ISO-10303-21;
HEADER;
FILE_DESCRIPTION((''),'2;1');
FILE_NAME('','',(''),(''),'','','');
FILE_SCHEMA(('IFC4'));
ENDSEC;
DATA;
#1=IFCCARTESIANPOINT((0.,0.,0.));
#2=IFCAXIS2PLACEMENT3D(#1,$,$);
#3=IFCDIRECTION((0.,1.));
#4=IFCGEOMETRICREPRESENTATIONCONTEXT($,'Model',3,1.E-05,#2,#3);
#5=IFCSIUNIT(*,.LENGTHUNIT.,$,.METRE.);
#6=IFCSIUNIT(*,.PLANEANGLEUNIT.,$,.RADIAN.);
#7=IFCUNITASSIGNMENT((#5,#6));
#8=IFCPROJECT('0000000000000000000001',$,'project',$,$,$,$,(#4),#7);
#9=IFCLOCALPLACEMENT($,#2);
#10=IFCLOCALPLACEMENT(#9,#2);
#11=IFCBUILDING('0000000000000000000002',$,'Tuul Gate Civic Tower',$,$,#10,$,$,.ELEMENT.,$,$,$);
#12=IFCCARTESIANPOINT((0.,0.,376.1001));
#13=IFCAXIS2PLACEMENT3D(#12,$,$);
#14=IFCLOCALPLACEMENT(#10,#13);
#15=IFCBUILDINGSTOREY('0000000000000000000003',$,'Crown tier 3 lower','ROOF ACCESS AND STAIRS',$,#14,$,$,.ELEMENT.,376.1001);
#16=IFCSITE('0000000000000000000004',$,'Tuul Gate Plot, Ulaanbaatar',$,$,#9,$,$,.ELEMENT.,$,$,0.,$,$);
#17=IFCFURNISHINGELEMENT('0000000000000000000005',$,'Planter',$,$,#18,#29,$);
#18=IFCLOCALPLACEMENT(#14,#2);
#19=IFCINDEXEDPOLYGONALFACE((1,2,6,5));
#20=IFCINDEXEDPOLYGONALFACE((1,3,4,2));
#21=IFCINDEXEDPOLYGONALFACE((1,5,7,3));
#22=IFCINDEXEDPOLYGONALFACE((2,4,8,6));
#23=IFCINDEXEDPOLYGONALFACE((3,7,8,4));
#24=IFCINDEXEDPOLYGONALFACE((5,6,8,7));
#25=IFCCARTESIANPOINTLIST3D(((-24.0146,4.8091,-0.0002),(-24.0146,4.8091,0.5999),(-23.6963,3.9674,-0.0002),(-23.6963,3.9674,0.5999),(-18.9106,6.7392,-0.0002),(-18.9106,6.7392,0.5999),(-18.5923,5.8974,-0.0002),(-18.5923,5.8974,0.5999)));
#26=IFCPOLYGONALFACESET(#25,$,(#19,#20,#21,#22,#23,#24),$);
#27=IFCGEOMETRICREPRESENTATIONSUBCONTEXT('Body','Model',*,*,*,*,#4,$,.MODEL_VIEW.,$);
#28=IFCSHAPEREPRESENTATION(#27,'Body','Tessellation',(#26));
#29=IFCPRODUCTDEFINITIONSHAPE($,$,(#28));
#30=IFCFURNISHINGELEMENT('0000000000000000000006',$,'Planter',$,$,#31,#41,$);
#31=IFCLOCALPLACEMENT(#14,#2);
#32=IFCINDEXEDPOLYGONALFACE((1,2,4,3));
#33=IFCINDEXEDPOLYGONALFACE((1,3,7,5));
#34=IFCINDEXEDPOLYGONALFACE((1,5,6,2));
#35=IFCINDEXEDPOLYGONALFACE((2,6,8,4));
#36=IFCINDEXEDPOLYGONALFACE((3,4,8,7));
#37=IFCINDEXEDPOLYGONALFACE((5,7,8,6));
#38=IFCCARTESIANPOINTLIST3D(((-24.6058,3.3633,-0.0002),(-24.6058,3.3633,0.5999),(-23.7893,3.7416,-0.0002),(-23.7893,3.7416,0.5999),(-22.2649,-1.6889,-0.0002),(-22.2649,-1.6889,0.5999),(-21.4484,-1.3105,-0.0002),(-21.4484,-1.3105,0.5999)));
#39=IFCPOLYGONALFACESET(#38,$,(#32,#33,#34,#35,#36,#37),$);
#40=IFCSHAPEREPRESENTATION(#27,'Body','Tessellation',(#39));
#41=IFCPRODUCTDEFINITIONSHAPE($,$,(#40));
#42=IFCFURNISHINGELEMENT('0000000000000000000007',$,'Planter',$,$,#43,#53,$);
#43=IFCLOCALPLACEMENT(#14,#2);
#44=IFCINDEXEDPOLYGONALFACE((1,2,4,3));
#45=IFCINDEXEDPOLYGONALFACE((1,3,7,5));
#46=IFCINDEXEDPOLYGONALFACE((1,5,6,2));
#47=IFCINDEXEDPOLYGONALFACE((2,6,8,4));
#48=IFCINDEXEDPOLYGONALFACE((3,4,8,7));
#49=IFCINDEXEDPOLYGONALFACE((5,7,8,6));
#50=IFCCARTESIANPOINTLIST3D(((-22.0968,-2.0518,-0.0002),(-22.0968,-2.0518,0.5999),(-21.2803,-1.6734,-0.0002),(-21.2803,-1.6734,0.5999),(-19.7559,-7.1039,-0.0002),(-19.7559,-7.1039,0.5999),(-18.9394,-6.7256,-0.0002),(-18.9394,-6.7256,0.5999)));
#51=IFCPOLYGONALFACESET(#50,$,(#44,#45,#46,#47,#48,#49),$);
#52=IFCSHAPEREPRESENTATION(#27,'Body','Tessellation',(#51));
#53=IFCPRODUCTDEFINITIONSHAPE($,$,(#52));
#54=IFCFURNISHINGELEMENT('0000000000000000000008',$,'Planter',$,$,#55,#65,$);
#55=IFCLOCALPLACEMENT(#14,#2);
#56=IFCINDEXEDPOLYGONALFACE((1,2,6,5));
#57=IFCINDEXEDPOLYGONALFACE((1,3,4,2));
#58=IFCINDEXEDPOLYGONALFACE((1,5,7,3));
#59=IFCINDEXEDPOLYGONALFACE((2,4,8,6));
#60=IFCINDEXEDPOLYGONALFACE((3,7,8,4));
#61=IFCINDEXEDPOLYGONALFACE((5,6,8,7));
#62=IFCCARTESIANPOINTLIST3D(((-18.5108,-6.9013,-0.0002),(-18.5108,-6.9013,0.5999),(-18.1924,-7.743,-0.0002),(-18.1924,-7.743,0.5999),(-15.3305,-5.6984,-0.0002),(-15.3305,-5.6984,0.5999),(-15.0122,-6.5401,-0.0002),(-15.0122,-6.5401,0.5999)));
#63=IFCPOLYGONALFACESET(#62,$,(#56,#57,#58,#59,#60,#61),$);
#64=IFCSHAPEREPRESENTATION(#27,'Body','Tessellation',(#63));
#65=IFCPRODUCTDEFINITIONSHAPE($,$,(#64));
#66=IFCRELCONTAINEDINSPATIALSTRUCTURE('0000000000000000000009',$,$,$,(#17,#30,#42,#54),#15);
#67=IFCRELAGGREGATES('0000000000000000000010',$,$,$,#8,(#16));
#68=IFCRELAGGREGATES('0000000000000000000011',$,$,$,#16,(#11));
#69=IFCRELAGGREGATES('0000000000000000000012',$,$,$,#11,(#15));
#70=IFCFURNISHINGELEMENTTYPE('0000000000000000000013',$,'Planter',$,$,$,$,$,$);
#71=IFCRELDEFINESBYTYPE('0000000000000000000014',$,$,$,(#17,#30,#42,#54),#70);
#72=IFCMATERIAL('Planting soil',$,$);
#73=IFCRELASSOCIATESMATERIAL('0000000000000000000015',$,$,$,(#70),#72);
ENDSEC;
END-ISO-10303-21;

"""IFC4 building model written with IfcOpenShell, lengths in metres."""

from ifc_helpers import new_model, si_unit, direction, frame, origin, origin_2d, place, context, subcontext, project, spatial, rectangle, extrude, material, type_object, element, save


model = new_model("IFC4")

# Units and contexts
model_context = context("Model", 3, precision=1e-05, world=origin(), true_north=direction((0.0, 1.0)))
body_context = subcontext(model_context, "Body", "Model", "MODEL_VIEW")
ifc_project = project(units=[si_unit("LENGTHUNIT", "METRE"), si_unit("PLANEANGLEUNIT", "RADIAN")], contexts=[model_context])

# Site, building, storey
site_placement = place(None, origin())
site = spatial("IfcSite", under=ifc_project, at=site_placement, Name="Tuul Gate Plot, Ulaanbaatar", CompositionType="ELEMENT", RefElevation=0.0)
building_placement = place(site_placement, origin())
building = spatial("IfcBuilding", under=site, at=building_placement, Name="Tuul Gate Civic Tower", CompositionType="ELEMENT")
storey_placement = place(building_placement, frame((0.0, 0.0, 376.1001)))
storey = spatial("IfcBuildingStorey", under=building, at=storey_placement, Name="Crown tier 3 lower", Description="ROOF ACCESS AND STAIRS", CompositionType="ELEMENT", Elevation=376.1001)

# Furnishing elements
ifc_material_1 = material(Name="Planting soil")
furnishing_element_type = type_object("IfcFurnishingElementType", Name="Planter", material=ifc_material_1)
furnishing_1_placement = place(storey_placement, frame((-21.3035, 5.3533, -0.0002), z_axis=(0.0, 0.0, 1.0), x_axis=(-0.935358, -0.353703, 0.0)))
element("IfcFurnishingElement", 1, at=furnishing_1_placement, inside=storey, type_object=furnishing_element_type, Name="Planter", context=body_context, shape_type="SweptSolid", body=[
    extrude(rectangle(XDim=5.4568, YDim=0.8999, at=origin_2d()), origin(), (0.0, 0.0, 1.0), 0.6001),
])
for number, where, z_axis, x_axis, name in (
    (2, (-23.0271, 1.0264, -0.0002), (0.0, 0.0, 1.0), (0.420409, -0.907335, 0.0), "Planter"),
    (3, (-20.5181, -4.3887, -0.0002), (0.0, 0.0, 1.0), (0.420409, -0.907335, 0.0), "Planter"),
):
    element("IfcFurnishingElement", number, at=place(storey_placement, frame(where, z_axis=z_axis, x_axis=x_axis)), inside=storey, type_object=furnishing_element_type, Name=name, context=body_context, shape_type="SweptSolid", body=[
        extrude(rectangle(XDim=5.5681, YDim=0.8999, at=origin_2d()), origin(), (0.0, 0.0, 1.0), 0.6001),
    ])
furnishing_2_placement = place(storey_placement, frame((-16.7615, -6.7207, -0.0002), z_axis=(0.0, 0.0, 1.0), x_axis=(0.935326, 0.353786, 0.0)))
element("IfcFurnishingElement", 4, at=furnishing_2_placement, inside=storey, type_object=furnishing_element_type, Name="Planter", context=body_context, shape_type="SweptSolid", body=[
    extrude(rectangle(XDim=3.4001, YDim=0.8999, at=origin_2d()), origin(), (0.0, 0.0, 1.0), 0.6001),
])

save(model, "model.ifc")
